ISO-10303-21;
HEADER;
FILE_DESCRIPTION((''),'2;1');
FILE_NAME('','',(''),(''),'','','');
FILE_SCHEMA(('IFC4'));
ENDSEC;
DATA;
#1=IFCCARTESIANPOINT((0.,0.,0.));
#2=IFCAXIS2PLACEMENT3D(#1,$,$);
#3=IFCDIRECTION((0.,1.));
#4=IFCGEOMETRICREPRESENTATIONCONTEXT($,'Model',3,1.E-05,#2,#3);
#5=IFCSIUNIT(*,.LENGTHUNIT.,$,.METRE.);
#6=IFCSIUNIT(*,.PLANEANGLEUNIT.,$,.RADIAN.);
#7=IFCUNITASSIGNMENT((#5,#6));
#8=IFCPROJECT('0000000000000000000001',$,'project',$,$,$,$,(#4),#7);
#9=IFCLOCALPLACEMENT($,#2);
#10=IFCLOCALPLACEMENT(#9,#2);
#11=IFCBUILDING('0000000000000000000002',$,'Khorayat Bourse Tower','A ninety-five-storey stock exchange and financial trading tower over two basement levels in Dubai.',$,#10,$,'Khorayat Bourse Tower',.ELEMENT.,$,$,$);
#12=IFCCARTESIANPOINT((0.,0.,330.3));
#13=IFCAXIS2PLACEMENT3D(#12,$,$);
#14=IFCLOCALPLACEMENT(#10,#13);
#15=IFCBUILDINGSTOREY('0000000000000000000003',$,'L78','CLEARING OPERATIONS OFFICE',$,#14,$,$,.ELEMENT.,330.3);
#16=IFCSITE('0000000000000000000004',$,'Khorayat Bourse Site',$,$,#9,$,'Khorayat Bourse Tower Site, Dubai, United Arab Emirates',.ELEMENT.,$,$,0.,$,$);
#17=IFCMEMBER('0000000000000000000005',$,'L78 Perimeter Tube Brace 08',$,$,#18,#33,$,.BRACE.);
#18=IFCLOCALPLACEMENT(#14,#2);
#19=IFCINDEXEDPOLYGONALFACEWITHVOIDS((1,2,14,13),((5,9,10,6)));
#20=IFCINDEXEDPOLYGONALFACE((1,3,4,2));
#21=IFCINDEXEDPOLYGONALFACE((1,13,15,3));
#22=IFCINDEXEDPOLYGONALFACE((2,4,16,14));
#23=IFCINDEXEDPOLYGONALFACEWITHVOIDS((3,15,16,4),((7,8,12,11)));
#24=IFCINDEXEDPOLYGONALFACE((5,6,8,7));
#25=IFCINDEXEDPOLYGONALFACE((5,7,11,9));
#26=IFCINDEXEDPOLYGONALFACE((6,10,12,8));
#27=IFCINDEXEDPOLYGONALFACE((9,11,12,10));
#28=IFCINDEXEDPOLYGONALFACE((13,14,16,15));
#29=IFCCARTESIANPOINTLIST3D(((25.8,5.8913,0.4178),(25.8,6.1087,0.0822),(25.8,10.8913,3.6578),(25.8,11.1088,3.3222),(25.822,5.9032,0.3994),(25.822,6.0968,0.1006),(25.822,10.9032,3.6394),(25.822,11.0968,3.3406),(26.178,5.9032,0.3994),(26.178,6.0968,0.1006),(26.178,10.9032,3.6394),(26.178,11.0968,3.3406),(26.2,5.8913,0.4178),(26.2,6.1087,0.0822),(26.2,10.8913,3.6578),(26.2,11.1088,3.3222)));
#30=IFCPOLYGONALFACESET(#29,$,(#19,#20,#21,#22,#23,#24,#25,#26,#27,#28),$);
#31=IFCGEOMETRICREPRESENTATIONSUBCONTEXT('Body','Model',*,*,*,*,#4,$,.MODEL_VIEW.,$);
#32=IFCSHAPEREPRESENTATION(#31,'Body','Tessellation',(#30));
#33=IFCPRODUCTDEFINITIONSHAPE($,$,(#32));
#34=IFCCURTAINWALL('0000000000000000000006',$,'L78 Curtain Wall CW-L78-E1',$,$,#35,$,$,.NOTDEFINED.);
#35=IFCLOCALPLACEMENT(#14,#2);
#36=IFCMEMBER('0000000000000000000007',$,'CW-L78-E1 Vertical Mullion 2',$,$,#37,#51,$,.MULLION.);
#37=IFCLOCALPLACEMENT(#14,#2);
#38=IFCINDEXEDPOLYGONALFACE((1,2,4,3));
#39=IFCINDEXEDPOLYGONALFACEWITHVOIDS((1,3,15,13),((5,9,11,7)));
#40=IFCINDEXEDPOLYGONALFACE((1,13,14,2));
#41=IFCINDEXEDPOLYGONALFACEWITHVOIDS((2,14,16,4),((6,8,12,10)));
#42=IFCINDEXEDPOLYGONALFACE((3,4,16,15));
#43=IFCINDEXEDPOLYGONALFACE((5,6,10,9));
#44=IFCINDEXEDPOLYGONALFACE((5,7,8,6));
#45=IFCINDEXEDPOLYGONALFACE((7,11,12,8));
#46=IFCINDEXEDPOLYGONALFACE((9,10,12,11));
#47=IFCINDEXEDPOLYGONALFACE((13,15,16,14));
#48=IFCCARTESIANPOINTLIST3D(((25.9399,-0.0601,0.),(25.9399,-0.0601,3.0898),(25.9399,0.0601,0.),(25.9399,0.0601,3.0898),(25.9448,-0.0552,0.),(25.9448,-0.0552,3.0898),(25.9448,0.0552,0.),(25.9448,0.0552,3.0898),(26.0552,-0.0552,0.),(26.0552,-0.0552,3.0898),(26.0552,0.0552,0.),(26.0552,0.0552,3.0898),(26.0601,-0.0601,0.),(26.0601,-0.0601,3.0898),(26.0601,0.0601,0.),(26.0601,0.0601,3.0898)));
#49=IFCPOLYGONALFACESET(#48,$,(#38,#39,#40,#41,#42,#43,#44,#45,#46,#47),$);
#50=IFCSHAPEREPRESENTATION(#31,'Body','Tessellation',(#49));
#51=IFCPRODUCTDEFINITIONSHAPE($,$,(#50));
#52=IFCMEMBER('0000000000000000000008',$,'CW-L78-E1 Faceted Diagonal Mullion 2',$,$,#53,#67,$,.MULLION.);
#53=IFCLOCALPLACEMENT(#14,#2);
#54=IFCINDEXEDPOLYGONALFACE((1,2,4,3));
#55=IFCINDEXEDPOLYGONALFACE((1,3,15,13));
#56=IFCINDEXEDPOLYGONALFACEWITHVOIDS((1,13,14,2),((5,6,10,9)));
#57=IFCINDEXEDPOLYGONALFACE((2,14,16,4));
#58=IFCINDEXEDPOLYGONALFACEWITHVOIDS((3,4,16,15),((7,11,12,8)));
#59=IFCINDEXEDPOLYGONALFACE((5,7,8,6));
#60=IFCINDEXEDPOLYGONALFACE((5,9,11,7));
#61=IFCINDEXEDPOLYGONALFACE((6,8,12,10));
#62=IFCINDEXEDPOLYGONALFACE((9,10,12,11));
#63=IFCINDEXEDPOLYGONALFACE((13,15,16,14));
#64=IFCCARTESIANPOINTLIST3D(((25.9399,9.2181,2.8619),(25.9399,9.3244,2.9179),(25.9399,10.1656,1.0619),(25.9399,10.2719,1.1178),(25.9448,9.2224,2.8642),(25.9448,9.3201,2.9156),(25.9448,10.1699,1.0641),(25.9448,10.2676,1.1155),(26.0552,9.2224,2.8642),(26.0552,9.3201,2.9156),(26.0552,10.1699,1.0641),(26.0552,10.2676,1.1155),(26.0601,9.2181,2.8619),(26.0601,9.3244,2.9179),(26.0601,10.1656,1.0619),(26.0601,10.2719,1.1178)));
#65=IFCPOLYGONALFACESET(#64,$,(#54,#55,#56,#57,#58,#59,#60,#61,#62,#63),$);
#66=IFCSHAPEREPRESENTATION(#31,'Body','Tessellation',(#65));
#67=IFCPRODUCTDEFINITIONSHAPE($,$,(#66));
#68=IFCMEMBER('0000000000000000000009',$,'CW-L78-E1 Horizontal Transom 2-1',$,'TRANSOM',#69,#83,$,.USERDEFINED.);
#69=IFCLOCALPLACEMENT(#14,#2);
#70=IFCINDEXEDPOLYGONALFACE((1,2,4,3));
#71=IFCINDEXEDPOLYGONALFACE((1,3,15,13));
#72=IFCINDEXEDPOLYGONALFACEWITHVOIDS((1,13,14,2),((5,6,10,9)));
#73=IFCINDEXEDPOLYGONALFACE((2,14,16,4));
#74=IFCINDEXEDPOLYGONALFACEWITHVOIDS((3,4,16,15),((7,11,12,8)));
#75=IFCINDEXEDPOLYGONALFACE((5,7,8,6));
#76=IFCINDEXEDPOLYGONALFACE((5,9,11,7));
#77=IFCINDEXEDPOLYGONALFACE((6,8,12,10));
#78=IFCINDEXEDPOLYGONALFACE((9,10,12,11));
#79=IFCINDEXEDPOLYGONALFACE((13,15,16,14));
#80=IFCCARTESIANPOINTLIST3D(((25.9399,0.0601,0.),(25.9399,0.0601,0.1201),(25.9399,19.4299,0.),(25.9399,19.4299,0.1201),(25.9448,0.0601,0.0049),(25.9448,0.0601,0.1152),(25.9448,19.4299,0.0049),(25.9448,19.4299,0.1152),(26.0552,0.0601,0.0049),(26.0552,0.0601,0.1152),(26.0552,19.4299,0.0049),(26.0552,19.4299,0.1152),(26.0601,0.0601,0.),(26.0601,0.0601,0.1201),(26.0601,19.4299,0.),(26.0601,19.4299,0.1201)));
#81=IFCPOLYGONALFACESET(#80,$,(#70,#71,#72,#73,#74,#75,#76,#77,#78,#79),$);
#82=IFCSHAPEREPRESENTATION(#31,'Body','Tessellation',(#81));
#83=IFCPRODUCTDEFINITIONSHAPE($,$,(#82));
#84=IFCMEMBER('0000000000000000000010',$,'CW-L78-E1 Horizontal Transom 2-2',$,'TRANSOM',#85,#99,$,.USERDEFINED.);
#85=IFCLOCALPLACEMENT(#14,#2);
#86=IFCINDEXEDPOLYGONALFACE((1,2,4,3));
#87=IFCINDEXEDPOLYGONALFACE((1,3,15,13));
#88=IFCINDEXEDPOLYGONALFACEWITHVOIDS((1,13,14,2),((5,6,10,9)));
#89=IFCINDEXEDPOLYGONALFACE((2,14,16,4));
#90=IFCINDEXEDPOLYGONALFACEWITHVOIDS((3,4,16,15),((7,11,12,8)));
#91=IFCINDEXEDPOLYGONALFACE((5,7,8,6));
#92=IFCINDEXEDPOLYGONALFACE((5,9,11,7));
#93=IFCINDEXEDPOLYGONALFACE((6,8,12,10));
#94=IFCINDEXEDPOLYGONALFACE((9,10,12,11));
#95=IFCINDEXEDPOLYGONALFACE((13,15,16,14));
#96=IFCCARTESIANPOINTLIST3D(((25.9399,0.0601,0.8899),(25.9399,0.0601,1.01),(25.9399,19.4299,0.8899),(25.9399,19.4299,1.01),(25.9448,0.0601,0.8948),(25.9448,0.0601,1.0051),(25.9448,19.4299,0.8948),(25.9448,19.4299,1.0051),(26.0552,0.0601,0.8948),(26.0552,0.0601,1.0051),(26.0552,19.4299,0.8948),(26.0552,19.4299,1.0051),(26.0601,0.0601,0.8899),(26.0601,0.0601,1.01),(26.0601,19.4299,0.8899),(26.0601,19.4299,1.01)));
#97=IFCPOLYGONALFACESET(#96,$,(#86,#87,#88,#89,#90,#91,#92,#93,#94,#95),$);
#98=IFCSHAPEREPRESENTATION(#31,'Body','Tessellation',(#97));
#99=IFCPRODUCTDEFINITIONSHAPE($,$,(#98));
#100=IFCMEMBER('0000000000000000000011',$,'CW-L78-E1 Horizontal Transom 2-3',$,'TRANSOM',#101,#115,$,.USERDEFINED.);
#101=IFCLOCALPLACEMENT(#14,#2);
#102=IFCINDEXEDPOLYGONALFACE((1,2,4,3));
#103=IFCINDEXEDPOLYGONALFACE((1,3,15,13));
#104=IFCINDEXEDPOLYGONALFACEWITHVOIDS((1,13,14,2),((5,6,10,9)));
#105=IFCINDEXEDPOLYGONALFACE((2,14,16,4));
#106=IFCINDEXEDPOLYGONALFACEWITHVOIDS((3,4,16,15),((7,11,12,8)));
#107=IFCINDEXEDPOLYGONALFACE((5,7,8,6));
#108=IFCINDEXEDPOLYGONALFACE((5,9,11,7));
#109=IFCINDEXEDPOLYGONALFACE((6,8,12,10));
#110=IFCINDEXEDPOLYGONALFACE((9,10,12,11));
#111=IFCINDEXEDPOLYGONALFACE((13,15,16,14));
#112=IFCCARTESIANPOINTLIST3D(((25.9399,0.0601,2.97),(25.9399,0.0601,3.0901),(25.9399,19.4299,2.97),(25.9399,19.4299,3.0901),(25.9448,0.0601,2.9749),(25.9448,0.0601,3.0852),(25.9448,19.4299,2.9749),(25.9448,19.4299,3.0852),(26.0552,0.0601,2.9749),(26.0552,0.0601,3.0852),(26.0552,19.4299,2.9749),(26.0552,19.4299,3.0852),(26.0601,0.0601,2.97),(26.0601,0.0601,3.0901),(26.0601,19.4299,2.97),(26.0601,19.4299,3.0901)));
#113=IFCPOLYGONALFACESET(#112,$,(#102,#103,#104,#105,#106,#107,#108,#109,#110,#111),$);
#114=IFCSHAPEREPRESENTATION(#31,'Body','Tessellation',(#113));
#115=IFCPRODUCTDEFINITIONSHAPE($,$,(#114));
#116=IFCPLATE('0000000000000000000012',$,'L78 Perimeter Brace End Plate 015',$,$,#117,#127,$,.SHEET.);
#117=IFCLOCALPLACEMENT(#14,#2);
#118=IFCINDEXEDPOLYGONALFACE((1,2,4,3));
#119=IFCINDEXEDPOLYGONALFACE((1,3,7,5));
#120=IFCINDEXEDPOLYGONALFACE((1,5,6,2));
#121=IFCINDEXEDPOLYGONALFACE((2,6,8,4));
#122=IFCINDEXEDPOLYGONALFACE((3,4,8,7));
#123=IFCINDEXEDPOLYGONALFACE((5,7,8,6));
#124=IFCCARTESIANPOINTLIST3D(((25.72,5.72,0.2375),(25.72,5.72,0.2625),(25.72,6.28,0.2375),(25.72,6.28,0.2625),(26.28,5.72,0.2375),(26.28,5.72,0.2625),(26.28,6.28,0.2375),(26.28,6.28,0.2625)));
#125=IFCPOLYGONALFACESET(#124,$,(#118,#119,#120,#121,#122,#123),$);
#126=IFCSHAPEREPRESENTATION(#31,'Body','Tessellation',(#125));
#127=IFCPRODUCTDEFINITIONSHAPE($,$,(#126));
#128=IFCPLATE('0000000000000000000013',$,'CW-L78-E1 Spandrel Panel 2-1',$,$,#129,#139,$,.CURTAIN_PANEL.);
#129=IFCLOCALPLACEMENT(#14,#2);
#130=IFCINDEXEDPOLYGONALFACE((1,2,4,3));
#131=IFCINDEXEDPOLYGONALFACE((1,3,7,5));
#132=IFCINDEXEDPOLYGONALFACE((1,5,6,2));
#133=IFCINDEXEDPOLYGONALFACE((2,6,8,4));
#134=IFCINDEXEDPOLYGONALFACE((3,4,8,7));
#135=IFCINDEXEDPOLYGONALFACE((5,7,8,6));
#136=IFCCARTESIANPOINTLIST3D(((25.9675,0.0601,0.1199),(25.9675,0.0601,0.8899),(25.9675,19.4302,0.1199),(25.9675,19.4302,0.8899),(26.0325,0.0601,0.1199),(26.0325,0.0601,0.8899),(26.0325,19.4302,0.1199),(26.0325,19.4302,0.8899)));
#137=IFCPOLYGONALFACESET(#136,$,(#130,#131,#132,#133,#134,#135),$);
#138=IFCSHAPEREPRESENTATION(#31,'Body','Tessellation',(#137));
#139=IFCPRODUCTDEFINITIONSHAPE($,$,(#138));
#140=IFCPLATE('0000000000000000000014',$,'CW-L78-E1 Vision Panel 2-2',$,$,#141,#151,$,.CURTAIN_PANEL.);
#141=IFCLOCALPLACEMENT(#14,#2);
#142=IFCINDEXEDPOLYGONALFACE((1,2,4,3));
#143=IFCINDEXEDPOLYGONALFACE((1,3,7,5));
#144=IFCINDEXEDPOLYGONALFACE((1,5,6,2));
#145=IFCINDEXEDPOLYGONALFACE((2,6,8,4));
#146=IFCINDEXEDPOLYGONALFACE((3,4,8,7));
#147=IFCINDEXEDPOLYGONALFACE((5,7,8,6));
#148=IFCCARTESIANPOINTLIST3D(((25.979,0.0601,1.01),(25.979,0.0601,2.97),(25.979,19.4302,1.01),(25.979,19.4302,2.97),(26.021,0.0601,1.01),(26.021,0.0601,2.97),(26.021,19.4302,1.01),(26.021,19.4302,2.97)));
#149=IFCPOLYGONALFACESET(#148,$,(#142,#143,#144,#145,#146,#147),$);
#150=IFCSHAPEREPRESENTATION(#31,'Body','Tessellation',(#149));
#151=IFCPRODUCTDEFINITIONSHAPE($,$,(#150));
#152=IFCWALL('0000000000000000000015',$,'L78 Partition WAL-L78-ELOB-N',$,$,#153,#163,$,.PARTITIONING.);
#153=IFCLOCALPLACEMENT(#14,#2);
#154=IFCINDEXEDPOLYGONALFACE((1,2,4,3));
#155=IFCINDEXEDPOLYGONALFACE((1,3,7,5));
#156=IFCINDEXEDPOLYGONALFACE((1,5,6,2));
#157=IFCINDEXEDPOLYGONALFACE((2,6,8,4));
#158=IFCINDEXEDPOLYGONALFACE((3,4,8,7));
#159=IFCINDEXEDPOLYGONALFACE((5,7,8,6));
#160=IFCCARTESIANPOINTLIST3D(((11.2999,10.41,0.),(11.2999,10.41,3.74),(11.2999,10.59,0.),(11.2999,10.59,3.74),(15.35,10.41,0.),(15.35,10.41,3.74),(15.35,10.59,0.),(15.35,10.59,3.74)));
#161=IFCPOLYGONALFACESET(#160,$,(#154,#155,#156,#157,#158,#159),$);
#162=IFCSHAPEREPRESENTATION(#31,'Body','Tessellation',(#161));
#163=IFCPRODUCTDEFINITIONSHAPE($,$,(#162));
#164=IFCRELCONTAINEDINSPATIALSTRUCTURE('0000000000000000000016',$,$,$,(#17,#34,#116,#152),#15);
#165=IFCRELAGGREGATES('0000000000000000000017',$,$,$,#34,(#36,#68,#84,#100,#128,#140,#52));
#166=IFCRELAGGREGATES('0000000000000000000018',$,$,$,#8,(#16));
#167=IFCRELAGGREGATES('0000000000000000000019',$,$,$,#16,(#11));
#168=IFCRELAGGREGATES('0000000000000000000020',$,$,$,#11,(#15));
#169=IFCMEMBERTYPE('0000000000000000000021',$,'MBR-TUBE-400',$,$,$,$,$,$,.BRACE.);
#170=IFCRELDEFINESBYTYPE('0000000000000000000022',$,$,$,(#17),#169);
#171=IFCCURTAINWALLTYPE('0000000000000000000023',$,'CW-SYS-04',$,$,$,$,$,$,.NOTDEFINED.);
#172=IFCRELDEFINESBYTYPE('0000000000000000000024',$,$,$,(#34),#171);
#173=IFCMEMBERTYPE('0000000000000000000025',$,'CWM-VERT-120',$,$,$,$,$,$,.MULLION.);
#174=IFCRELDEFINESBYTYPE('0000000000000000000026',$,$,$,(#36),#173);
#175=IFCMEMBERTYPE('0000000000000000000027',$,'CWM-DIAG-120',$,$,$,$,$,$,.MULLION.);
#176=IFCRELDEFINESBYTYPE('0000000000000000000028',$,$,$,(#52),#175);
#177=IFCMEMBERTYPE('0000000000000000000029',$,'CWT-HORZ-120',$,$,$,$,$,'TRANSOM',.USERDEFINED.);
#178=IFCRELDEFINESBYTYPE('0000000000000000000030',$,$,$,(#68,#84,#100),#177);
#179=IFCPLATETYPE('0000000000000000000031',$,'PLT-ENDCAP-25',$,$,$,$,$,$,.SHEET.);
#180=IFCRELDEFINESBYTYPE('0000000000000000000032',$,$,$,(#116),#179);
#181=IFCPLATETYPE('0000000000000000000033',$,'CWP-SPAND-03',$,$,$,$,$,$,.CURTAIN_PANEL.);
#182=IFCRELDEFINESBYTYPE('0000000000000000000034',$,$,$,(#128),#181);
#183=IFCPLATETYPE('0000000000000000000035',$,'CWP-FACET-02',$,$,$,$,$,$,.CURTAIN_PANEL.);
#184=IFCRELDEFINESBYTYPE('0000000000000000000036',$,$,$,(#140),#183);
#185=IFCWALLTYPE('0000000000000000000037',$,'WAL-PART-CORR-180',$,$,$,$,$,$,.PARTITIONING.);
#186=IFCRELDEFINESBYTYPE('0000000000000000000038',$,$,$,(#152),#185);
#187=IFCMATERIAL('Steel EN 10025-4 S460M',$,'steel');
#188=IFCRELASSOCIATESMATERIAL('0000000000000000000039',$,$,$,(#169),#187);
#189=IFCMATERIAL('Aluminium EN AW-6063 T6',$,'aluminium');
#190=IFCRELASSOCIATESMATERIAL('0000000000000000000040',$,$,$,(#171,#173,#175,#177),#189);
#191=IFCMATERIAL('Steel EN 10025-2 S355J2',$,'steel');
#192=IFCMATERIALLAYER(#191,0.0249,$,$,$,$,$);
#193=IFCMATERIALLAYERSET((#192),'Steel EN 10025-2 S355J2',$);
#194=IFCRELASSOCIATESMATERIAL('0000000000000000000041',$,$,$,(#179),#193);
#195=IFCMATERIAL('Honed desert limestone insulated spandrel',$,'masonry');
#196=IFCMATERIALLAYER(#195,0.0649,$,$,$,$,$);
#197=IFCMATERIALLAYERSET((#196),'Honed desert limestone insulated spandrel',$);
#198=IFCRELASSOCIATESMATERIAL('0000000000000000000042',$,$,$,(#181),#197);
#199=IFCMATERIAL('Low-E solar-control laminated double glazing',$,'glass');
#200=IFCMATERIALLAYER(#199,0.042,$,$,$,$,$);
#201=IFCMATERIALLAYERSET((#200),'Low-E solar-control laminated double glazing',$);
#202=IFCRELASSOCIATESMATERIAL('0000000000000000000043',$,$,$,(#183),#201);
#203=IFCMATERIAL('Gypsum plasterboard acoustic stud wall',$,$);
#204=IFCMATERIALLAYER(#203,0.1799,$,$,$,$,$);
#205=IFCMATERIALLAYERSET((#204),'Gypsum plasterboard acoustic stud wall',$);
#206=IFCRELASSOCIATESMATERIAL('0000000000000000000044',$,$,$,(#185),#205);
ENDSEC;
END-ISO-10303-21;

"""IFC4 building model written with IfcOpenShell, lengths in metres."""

from ifc_helpers import new_model, si_unit, direction, frame, frame_2d, origin, origin_2d, place, context, subcontext, project, spatial, rectangle, hollow_rectangle, extrude, source, transform, mapped, material, layer, layer_set, material_profile, profile_set, type_object, element, aggregate, save


model = new_model("IFC4")

# Units and contexts
model_context = context("Model", 3, precision=1e-05, world=origin(), true_north=direction((0.0, 1.0)))
body_context = subcontext(model_context, "Body", "Model", "MODEL_VIEW")
ifc_project = project(units=[si_unit("LENGTHUNIT", "METRE"), si_unit("PLANEANGLEUNIT", "RADIAN")], contexts=[model_context])

# Site, building, storey
site_placement = place(None, origin())
site = spatial("IfcSite", under=ifc_project, at=site_placement, Name="Khorayat Bourse Site", LongName="Khorayat Bourse Tower Site, Dubai, United Arab Emirates", CompositionType="ELEMENT", RefElevation=0.0)
building_placement = place(site_placement, origin())
building = spatial("IfcBuilding", under=site, at=building_placement, Name="Khorayat Bourse Tower", Description="A ninety-five-storey stock exchange and financial trading tower over two basement levels in Dubai.", LongName="Khorayat Bourse Tower", CompositionType="ELEMENT")
storey_placement = place(building_placement, frame((0.0, 0.0, 330.3)))
storey = spatial("IfcBuildingStorey", under=building, at=storey_placement, Name="L78", Description="CLEARING OPERATIONS OFFICE", CompositionType="ELEMENT", Elevation=330.3)

# Shared definitions
ifc_material_1 = material(Name="Steel EN 10025-2 S355J2", Category="steel")

# Member
ifc_material_2 = material(Name="Steel EN 10025-4 S460M", Category="steel")
ifc_material_profile_1 = material_profile(ifc_material_2, hollow_rectangle(XDim=0.3999, YDim=0.3999, WallThickness=0.022, at=origin_2d()), Name="HSS 400x400x22")
ifc_profile_set_1 = profile_set([ifc_material_profile_1], Name="Steel EN 10025-4 S460M")
member_type_1 = type_object("IfcMemberType", Name="MBR-TUBE-400", PredefinedType="BRACE", material=ifc_profile_set_1)
shared_shape_1 = source(origin(), body_context, "Body", "SweptSolid", [
    extrude(hollow_rectangle(XDim=0.3999, YDim=0.3999, WallThickness=0.022, at=origin_2d()), origin(), (0.0, 0.0, 1.0), 5.958),
])
member_1_placement = place(storey_placement, frame((26.0, 6.0, 0.25), z_axis=(0.0, 0.83921, 0.543807), x_axis=(-1.0, 0.0, 0.0)))
element("IfcMember", 1, at=member_1_placement, inside=storey, type_object=member_type_1, Name="L78 Perimeter Tube Brace 08", PredefinedType="BRACE", context=body_context, shape_type="MappedRepresentation", body=[
    mapped(shared_shape_1, transform((0.0, 0.0, 0.0), scale=1.0)),
])

# Curtain wall, members
ifc_material_3 = material(Name="Aluminium EN AW-6063 T6", Category="aluminium")
curtain_wall_type = type_object("IfcCurtainWallType", Name="CW-SYS-04", PredefinedType="NOTDEFINED", material=ifc_material_3)
curtain_wall_placement = place(storey_placement, origin())
curtain_wall = element("IfcCurtainWall", 2, at=curtain_wall_placement, inside=storey, type_object=curtain_wall_type, Name="L78 Curtain Wall CW-L78-E1", PredefinedType="NOTDEFINED")
ifc_material_profile_2 = material_profile(ifc_material_3, hollow_rectangle(XDim=0.1201, YDim=0.1201, WallThickness=0.0049, at=origin_2d()), Name="ALU 120x120x5")
ifc_profile_set_2 = profile_set([ifc_material_profile_2], Name="Aluminium EN AW-6063 T6")
member_type_2 = type_object("IfcMemberType", Name="CWM-VERT-120", PredefinedType="MULLION", material=ifc_profile_set_2)
shared_shape_2 = source(origin(), body_context, "Body", "SweptSolid", [
    extrude(hollow_rectangle(XDim=0.1201, YDim=0.1201, WallThickness=0.0049, at=origin_2d()), origin(), (0.0, 0.0, 1.0), 3.0898),
])
member_2_placement = place(storey_placement, frame((26.0, 0.0, 0.0), z_axis=(0.0, 0.0, 1.0), x_axis=(-1.0, 0.0, 0.0)))
member_2 = element("IfcMember", 3, at=member_2_placement, type_object=member_type_2, Name="CW-L78-E1 Vertical Mullion 2", PredefinedType="MULLION", context=body_context, shape_type="MappedRepresentation", body=[
    mapped(shared_shape_2, transform((0.0, 0.0, 0.0), scale=1.0)),
])
ifc_material_profile_3 = material_profile(ifc_material_3, hollow_rectangle(XDim=0.1201, YDim=0.1201, WallThickness=0.0049, at=origin_2d()), Name="ALU 120x120x5")
ifc_profile_set_3 = profile_set([ifc_material_profile_3], Name="Aluminium EN AW-6063 T6")
member_type_3 = type_object("IfcMemberType", Name="CWM-DIAG-120", PredefinedType="MULLION", material=ifc_profile_set_3)
shared_shape_3 = source(origin(), body_context, "Body", "SweptSolid", [
    extrude(hollow_rectangle(XDim=0.1201, YDim=0.1201, WallThickness=0.0049, at=origin_2d()), origin(), (0.0, 0.0, 1.0), 2.0342),
])
member_3_placement = place(storey_placement, frame((26.0, 10.2188, 1.0898), z_axis=(0.0, -0.465791, 0.884895), x_axis=(1.0, 0.0, 0.0)))
member_3 = element("IfcMember", 4, at=member_3_placement, type_object=member_type_3, Name="CW-L78-E1 Faceted Diagonal Mullion 2", PredefinedType="MULLION", context=body_context, shape_type="MappedRepresentation", body=[
    mapped(shared_shape_3, transform((0.0, 0.0, 0.0), scale=1.0)),
])
ifc_material_profile_4 = material_profile(ifc_material_3, hollow_rectangle(XDim=0.1201, YDim=0.1201, WallThickness=0.0049, at=origin_2d()), Name="ALU 120x120x5")
ifc_profile_set_4 = profile_set([ifc_material_profile_4], Name="Aluminium EN AW-6063 T6")
member_type_4 = type_object("IfcMemberType", Name="CWT-HORZ-120", ElementType="TRANSOM", PredefinedType="USERDEFINED", material=ifc_profile_set_4)
shared_shape_4 = source(origin(), body_context, "Body", "SweptSolid", [
    extrude(hollow_rectangle(XDim=0.1201, YDim=0.1201, WallThickness=0.0049, at=origin_2d()), origin(), (0.0, 0.0, 1.0), 19.3699),
])
member_4_placement = place(storey_placement, frame((26.0, 0.0601, 0.0601), z_axis=(0.0, 1.0, 0.0), x_axis=(-1.0, 0.0, 0.0)))
member_4 = element("IfcMember", 5, at=member_4_placement, type_object=member_type_4, Name="CW-L78-E1 Horizontal Transom 2-1", ObjectType="TRANSOM", PredefinedType="USERDEFINED", context=body_context, shape_type="MappedRepresentation", body=[
    mapped(shared_shape_4, transform((0.0, 0.0, 0.0), scale=1.0)),
])
member_5_placement = place(storey_placement, frame((26.0, 0.0601, 0.95), z_axis=(0.0, 1.0, 0.0), x_axis=(-1.0, 0.0, 0.0)))
member_5 = element("IfcMember", 6, at=member_5_placement, type_object=member_type_4, Name="CW-L78-E1 Horizontal Transom 2-2", ObjectType="TRANSOM", PredefinedType="USERDEFINED", context=body_context, shape_type="MappedRepresentation", body=[
    mapped(shared_shape_4, transform((0.0, 0.0, 0.0), scale=1.0)),
])
member_6_placement = place(storey_placement, frame((26.0, 0.0601, 3.03), z_axis=(0.0, 1.0, 0.0), x_axis=(-1.0, 0.0, 0.0)))
member_6 = element("IfcMember", 7, at=member_6_placement, type_object=member_type_4, Name="CW-L78-E1 Horizontal Transom 2-3", ObjectType="TRANSOM", PredefinedType="USERDEFINED", context=body_context, shape_type="MappedRepresentation", body=[
    mapped(shared_shape_4, transform((0.0, 0.0, 0.0), scale=1.0)),
])

# Plates
ifc_layer_1 = layer(ifc_material_1, 0.0249)
ifc_layer_set_1 = layer_set([ifc_layer_1], Name="Steel EN 10025-2 S355J2")
plate_type_1 = type_object("IfcPlateType", Name="PLT-ENDCAP-25", PredefinedType="SHEET", material=ifc_layer_set_1)
shared_shape_5 = source(origin(), body_context, "Body", "SweptSolid", [
    extrude(rectangle(XDim=0.5601, YDim=0.5601, at=origin_2d()), origin(), (0.0, 0.0, 1.0), 0.0249),
])
plate_1_placement = place(storey_placement, frame((26.0, 6.0, 0.2375), z_axis=(0.0, 0.0, 1.0), x_axis=(1.0, 0.0, 0.0)))
element("IfcPlate", 8, at=plate_1_placement, inside=storey, type_object=plate_type_1, Name="L78 Perimeter Brace End Plate 015", PredefinedType="SHEET", context=body_context, shape_type="MappedRepresentation", body=[
    mapped(shared_shape_5, transform((0.0, 0.0, 0.0), scale=1.0)),
])
ifc_material_4 = material(Name="Honed desert limestone insulated spandrel", Category="masonry")
ifc_layer_2 = layer(ifc_material_4, 0.0649)
ifc_layer_set_2 = layer_set([ifc_layer_2], Name="Honed desert limestone insulated spandrel")
plate_type_2 = type_object("IfcPlateType", Name="CWP-SPAND-03", PredefinedType="CURTAIN_PANEL", material=ifc_layer_set_2)
shared_shape_6 = source(origin(), body_context, "Body", "SweptSolid", [
    extrude(rectangle(XDim=19.3701, YDim=0.0649, at=origin_2d()), origin(), (0.0, 0.0, 1.0), 0.77),
])
plate_2_placement = place(storey_placement, frame((26.0, 9.7451, 0.1199), z_axis=(0.0, 0.0, 1.0), x_axis=(0.0, 1.0, 0.0)))
plate_2 = element("IfcPlate", 9, at=plate_2_placement, type_object=plate_type_2, Name="CW-L78-E1 Spandrel Panel 2-1", PredefinedType="CURTAIN_PANEL", context=body_context, shape_type="MappedRepresentation", body=[
    mapped(shared_shape_6, transform((0.0, 0.0, 0.0), scale=1.0)),
])
ifc_material_5 = material(Name="Low-E solar-control laminated double glazing", Category="glass")
ifc_layer_3 = layer(ifc_material_5, 0.042)
ifc_layer_set_3 = layer_set([ifc_layer_3], Name="Low-E solar-control laminated double glazing")
plate_type_3 = type_object("IfcPlateType", Name="CWP-FACET-02", PredefinedType="CURTAIN_PANEL", material=ifc_layer_set_3)
shared_shape_7 = source(origin(), body_context, "Body", "SweptSolid", [
    extrude(rectangle(XDim=19.3701, YDim=0.042, at=origin_2d()), origin(), (0.0, 0.0, 1.0), 1.96),
])
plate_3_placement = place(storey_placement, frame((26.0, 9.7451, 1.01), z_axis=(0.0, 0.0, 1.0), x_axis=(0.0, 1.0, 0.0)))
plate_3 = element("IfcPlate", 10, at=plate_3_placement, type_object=plate_type_3, Name="CW-L78-E1 Vision Panel 2-2", PredefinedType="CURTAIN_PANEL", context=body_context, shape_type="MappedRepresentation", body=[
    mapped(shared_shape_7, transform((0.0, 0.0, 0.0), scale=1.0)),
])
aggregate(curtain_wall, [member_2, member_4, member_5, member_6, plate_2, plate_3, member_3])

# Wall
ifc_material_6 = material(Name="Gypsum plasterboard acoustic stud wall")
ifc_layer_4 = layer(ifc_material_6, 0.1799)
ifc_layer_set_4 = layer_set([ifc_layer_4], Name="Gypsum plasterboard acoustic stud wall")
wall_type = type_object("IfcWallType", Name="WAL-PART-CORR-180", PredefinedType="PARTITIONING", material=ifc_layer_set_4)
shared_shape_8 = source(origin(), body_context, "Body", "SweptSolid", [
    extrude(rectangle(XDim=4.05, YDim=0.1799, at=frame_2d((2.0249, 0.0))), origin(), (0.0, 0.0, 1.0), 3.74),
])
wall_placement = place(storey_placement, frame((11.3, 10.5, 0.0), z_axis=(0.0, 0.0, 1.0), x_axis=(1.0, 0.0, 0.0)))
element("IfcWall", 11, at=wall_placement, inside=storey, type_object=wall_type, Name="L78 Partition WAL-L78-ELOB-N", PredefinedType="PARTITIONING", context=body_context, shape_type="MappedRepresentation", body=[
    mapped(shared_shape_8, transform((0.0, 0.0, 0.0), scale=1.0)),
])

save(model, "model.ifc")
